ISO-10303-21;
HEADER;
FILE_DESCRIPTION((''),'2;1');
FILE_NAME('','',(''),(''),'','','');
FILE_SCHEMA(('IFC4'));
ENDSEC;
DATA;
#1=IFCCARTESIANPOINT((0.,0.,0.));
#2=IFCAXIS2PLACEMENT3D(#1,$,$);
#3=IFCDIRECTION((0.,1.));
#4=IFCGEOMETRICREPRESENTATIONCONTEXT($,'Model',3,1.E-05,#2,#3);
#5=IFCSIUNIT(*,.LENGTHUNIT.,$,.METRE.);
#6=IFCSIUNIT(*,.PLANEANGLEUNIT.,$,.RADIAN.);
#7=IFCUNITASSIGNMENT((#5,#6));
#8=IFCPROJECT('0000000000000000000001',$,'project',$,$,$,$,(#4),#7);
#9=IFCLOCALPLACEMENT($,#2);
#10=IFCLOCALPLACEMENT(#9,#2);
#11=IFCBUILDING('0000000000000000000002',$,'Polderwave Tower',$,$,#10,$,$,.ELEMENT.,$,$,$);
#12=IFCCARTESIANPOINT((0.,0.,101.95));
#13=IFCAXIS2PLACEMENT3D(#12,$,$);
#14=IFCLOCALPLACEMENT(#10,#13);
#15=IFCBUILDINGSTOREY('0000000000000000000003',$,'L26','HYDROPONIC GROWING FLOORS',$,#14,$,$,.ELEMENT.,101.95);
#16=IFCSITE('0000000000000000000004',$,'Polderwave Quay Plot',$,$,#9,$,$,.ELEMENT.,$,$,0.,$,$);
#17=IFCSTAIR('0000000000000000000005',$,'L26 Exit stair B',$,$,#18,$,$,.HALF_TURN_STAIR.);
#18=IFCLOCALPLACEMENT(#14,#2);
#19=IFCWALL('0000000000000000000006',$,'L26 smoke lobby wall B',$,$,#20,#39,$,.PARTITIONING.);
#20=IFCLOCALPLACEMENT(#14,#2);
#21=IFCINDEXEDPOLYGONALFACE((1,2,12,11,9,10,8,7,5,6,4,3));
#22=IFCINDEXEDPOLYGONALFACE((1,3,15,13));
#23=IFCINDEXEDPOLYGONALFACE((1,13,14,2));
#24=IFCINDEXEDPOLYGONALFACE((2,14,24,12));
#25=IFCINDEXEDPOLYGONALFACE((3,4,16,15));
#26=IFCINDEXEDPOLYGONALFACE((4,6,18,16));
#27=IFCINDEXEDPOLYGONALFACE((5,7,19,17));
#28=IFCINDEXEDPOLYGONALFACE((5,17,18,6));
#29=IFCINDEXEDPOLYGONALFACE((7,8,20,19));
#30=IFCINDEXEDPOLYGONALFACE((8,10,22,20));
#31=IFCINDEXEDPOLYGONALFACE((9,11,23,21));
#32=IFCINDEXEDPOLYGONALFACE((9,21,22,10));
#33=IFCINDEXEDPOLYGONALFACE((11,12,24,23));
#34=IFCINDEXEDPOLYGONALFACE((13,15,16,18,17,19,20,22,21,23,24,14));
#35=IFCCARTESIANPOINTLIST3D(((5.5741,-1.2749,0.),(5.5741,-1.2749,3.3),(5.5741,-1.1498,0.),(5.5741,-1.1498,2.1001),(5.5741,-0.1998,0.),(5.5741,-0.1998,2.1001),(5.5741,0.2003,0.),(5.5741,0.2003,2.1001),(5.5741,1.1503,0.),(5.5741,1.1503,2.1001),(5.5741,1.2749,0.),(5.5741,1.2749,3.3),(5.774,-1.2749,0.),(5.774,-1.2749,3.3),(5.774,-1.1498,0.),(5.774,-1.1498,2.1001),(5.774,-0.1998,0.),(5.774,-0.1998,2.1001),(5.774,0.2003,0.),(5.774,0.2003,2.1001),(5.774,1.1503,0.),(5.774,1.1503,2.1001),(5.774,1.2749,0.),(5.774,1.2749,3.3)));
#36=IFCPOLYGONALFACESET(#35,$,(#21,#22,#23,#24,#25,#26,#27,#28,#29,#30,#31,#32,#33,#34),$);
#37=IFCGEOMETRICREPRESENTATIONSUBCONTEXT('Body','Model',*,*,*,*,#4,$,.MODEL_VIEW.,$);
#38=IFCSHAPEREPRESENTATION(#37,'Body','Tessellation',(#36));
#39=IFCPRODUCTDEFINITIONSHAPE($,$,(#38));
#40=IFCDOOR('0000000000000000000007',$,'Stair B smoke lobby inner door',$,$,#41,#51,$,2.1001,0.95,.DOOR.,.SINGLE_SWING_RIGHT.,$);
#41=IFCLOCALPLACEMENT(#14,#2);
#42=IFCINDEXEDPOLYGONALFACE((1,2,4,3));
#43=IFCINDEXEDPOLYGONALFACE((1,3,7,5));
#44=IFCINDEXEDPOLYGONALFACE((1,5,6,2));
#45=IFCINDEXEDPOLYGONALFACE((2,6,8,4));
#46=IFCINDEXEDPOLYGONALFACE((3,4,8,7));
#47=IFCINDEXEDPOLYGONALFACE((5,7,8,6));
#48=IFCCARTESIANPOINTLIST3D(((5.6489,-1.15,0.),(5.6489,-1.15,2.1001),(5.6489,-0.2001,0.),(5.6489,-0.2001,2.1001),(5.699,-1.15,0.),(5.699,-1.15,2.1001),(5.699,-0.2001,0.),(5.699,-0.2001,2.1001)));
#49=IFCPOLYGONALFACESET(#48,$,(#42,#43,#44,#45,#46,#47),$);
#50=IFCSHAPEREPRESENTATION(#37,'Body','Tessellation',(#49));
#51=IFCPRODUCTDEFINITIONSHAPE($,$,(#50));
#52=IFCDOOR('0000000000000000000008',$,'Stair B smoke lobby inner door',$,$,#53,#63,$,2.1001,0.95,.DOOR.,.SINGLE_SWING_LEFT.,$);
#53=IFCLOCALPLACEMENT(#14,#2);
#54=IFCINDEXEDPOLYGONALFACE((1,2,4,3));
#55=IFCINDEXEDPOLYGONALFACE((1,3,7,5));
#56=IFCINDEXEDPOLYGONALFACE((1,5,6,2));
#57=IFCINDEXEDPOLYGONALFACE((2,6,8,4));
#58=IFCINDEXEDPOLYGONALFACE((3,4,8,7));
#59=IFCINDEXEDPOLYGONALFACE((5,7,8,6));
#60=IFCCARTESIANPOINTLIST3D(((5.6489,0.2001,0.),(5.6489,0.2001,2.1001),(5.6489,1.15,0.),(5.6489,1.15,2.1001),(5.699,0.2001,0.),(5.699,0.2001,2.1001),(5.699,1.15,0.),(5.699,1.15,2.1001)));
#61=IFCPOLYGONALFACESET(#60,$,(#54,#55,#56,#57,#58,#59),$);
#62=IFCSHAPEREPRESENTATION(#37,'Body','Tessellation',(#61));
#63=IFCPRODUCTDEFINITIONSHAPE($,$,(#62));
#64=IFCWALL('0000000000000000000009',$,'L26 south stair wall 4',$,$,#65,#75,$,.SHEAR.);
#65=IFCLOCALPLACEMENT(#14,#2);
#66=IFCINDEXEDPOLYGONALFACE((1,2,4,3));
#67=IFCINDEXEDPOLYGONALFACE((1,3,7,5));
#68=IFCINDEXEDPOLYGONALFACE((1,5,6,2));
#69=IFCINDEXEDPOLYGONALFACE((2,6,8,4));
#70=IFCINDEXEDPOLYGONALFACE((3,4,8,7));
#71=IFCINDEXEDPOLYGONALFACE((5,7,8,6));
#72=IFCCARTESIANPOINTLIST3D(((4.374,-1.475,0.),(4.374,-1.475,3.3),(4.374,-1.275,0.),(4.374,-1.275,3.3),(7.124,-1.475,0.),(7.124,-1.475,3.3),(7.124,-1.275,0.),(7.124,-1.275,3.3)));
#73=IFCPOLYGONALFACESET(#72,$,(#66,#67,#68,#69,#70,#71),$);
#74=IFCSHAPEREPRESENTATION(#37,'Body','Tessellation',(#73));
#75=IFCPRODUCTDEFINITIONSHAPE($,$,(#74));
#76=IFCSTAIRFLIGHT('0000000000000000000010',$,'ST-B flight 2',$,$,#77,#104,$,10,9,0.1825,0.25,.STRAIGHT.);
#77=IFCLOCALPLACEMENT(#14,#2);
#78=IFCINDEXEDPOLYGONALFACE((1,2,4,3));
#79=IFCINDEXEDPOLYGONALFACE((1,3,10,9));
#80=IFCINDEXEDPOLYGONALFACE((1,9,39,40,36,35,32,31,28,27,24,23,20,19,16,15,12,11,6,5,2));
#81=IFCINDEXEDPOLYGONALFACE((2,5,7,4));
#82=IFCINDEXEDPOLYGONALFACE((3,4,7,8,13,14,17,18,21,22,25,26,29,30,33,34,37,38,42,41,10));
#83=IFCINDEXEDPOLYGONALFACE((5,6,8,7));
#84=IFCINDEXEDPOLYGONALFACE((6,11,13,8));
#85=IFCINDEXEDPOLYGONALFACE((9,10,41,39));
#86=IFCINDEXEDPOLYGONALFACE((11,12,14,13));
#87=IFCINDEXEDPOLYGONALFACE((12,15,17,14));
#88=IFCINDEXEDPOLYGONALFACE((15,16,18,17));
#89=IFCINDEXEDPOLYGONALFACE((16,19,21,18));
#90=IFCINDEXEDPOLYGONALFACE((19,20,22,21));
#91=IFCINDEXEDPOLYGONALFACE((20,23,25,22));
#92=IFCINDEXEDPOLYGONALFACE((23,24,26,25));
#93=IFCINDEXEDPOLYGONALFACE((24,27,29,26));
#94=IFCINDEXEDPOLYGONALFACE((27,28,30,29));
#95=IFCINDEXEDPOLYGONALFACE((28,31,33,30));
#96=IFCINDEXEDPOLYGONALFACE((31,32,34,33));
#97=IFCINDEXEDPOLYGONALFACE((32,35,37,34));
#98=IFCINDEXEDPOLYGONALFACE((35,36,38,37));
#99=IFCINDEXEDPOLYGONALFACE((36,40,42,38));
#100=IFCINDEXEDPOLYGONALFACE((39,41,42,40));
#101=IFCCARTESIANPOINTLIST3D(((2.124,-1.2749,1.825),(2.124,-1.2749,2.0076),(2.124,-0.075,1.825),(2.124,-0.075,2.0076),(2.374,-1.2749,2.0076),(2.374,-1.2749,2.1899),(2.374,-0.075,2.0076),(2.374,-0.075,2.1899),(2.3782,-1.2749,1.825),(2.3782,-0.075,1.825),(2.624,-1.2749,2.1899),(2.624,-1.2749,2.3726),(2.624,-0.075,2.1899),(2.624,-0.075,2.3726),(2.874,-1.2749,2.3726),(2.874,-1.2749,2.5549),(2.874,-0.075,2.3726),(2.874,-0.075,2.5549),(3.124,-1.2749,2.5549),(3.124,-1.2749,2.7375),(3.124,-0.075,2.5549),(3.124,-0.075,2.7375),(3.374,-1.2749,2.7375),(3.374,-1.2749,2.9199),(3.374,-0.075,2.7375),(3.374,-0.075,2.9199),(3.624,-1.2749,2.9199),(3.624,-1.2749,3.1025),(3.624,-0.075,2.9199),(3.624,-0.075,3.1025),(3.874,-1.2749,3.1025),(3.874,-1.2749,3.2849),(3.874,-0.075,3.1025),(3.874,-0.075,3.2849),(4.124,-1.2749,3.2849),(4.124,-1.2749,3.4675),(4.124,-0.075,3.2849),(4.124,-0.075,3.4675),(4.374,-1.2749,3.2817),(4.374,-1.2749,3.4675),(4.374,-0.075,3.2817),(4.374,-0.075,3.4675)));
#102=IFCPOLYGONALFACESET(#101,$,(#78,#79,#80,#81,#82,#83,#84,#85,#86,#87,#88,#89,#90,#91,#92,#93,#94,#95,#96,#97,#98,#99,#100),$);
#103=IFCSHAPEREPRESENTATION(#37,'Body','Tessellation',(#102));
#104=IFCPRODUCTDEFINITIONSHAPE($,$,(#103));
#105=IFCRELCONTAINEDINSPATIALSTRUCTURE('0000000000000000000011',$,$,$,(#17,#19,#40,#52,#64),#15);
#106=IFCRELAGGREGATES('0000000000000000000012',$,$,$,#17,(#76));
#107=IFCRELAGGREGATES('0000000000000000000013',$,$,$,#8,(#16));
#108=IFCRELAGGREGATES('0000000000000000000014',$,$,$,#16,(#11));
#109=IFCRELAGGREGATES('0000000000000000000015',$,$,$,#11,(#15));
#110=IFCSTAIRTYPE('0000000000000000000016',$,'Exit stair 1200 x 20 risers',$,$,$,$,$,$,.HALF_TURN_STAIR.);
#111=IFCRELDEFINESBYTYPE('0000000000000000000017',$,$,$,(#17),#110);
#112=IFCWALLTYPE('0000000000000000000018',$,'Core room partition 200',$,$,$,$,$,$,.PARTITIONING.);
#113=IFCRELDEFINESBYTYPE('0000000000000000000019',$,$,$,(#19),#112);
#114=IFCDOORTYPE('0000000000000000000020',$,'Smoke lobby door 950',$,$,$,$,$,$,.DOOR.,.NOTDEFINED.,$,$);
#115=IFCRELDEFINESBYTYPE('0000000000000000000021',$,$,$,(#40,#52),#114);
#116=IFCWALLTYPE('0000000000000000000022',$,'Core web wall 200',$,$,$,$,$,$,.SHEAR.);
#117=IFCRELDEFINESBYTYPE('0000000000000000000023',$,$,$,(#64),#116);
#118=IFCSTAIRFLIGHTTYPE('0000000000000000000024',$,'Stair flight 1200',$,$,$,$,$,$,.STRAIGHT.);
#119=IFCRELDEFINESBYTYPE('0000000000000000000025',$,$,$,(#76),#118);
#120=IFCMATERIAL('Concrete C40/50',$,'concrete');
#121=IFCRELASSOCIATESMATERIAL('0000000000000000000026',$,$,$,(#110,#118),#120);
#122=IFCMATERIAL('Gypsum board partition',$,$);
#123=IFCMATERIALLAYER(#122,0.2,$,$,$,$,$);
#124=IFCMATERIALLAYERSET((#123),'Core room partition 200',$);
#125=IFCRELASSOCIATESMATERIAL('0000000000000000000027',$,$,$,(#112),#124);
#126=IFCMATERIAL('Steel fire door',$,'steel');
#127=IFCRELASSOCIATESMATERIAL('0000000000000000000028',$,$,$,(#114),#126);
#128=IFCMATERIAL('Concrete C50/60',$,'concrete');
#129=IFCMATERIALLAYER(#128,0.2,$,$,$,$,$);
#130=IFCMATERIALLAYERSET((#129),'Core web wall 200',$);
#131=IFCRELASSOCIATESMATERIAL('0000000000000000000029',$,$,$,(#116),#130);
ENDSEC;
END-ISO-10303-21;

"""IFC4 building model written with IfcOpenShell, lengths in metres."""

from ifc_helpers import new_model, si_unit, direction, frame, frame_2d, origin, place, context, subcontext, project, spatial, polyline, rectangle, outline, extrude, material, layer, layer_set, type_object, element, fill, aggregate, save


model = new_model("IFC4")

# Units and contexts
model_context = context("Model", 3, precision=1e-05, world=origin(), true_north=direction((0.0, 1.0)))
body_context = subcontext(model_context, "Body", "Model", "MODEL_VIEW")
ifc_project = project(units=[si_unit("LENGTHUNIT", "METRE"), si_unit("PLANEANGLEUNIT", "RADIAN")], contexts=[model_context])

# Site, building, storey
site_placement = place(None, origin())
site = spatial("IfcSite", under=ifc_project, at=site_placement, Name="Polderwave Quay Plot", CompositionType="ELEMENT", RefElevation=0.0)
building_placement = place(site_placement, origin())
building = spatial("IfcBuilding", under=site, at=building_placement, Name="Polderwave Tower", CompositionType="ELEMENT")
storey_placement = place(building_placement, frame((0.0, 0.0, 101.95)))
storey = spatial("IfcBuildingStorey", under=building, at=storey_placement, Name="L26", Description="HYDROPONIC GROWING FLOORS", CompositionType="ELEMENT", Elevation=101.95)

# Shared definitions
ifc_material_1 = material(Name="Concrete C40/50", Category="concrete")

# Stair
stair_type = type_object("IfcStairType", Name="Exit stair 1200 x 20 risers", PredefinedType="HALF_TURN_STAIR", material=ifc_material_1)
stair_1_placement = place(storey_placement, origin())
stair_1 = element("IfcStair", 1, at=stair_1_placement, inside=storey, type_object=stair_type, Name="L26 Exit stair B", PredefinedType="HALF_TURN_STAIR")

# Wall, openings, doors
ifc_material_2 = material(Name="Steel fire door", Category="steel")
ifc_material_3 = material(Name="Gypsum board partition")
ifc_layer_1 = layer(ifc_material_3, 0.2)
ifc_layer_set_1 = layer_set([ifc_layer_1], Name="Core room partition 200")
wall_type_1 = type_object("IfcWallType", Name="Core room partition 200", PredefinedType="PARTITIONING", material=ifc_layer_set_1)
wall_1_placement = place(storey_placement, frame((5.6741, -1.2749, 0.0), z_axis=(0.0, 0.0, 1.0), x_axis=(0.0, 1.0, 0.0)))
wall_1 = element("IfcWall", 2, at=wall_1_placement, inside=storey, type_object=wall_type_1, Name="L26 smoke lobby wall B", PredefinedType="PARTITIONING", context=body_context, shape_type="SweptSolid", body=[
    extrude(rectangle(XDim=2.5498, YDim=0.2, at=frame_2d((1.2749, 0.0))), origin(), (0.0, 0.0, 1.0), 3.3),
])
opening_1_placement = place(wall_1_placement, frame((0.125, 0.0, 0.0)))
opening_1 = element("IfcOpeningElement", 3, at=opening_1_placement, cuts=wall_1, PredefinedType="OPENING", context=body_context, shape_type="SweptSolid", body=[
    extrude(rectangle(XDim=0.95, YDim=2.1001, at=frame_2d((0.4751, 1.05))), frame((0.0, 0.1099, 0.0), z_axis=(0.0, -1.0, 0.0), x_axis=(1.0, 0.0, 0.0)), (0.0, 0.0, 1.0), 0.22),
])
opening_2_placement = place(wall_1_placement, frame((1.4751, 0.0, 0.0)))
opening_2 = element("IfcOpeningElement", 4, at=opening_2_placement, cuts=wall_1, PredefinedType="OPENING", context=body_context, shape_type="SweptSolid", body=[
    extrude(rectangle(XDim=0.95, YDim=2.1001, at=frame_2d((0.4751, 1.05))), frame((0.0, 0.1099, 0.0), z_axis=(0.0, -1.0, 0.0), x_axis=(1.0, 0.0, 0.0)), (0.0, 0.0, 1.0), 0.22),
])
door_type_1 = type_object("IfcDoorType", Name="Smoke lobby door 950", OperationType="NOTDEFINED", PredefinedType="DOOR", material=ifc_material_2)
door_1_placement = place(opening_1_placement, frame((0.95, 0.0, 0.0), z_axis=(0.0, 0.0, 1.0), x_axis=(-1.0, 0.0, 0.0)))
door_1 = element("IfcDoor", 5, at=door_1_placement, inside=storey, type_object=door_type_1, Name="Stair B smoke lobby inner door", OperationType="SINGLE_SWING_RIGHT", OverallHeight=2.1001, OverallWidth=0.95, PredefinedType="DOOR", context=body_context, shape_type="SweptSolid", body=[
    extrude(rectangle(XDim=0.95, YDim=2.1001, at=frame_2d((0.4751, 1.05))), frame((0.0, 0.0249, 0.0), z_axis=(0.0, -1.0, 0.0), x_axis=(1.0, 0.0, 0.0)), (0.0, 0.0, 1.0), 0.05),
])
fill(opening_1, door_1)
door_2_placement = place(opening_2_placement, frame((0.95, 0.0, 0.0), z_axis=(0.0, 0.0, 1.0), x_axis=(-1.0, 0.0, 0.0)))
door_2 = element("IfcDoor", 6, at=door_2_placement, inside=storey, type_object=door_type_1, Name="Stair B smoke lobby inner door", OperationType="SINGLE_SWING_LEFT", OverallHeight=2.1001, OverallWidth=0.95, PredefinedType="DOOR", context=body_context, shape_type="SweptSolid", body=[
    extrude(rectangle(XDim=0.95, YDim=2.1001, at=frame_2d((0.4751, 1.05))), frame((0.0, 0.0249, 0.0), z_axis=(0.0, -1.0, 0.0), x_axis=(1.0, 0.0, 0.0)), (0.0, 0.0, 1.0), 0.05),
])
fill(opening_2, door_2)

# Wall
ifc_material_4 = material(Name="Concrete C50/60", Category="concrete")
ifc_layer_2 = layer(ifc_material_4, 0.2)
ifc_layer_set_2 = layer_set([ifc_layer_2], Name="Core web wall 200")
wall_type_2 = type_object("IfcWallType", Name="Core web wall 200", PredefinedType="SHEAR", material=ifc_layer_set_2)
wall_2_placement = place(storey_placement, frame((4.374, -1.375, 0.0), z_axis=(0.0, 0.0, 1.0), x_axis=(1.0, 0.0, 0.0)))
element("IfcWall", 7, at=wall_2_placement, inside=storey, type_object=wall_type_2, Name="L26 south stair wall 4", PredefinedType="SHEAR", context=body_context, shape_type="SweptSolid", body=[
    extrude(rectangle(XDim=2.75, YDim=0.2, at=frame_2d((1.375, 0.0))), origin(), (0.0, 0.0, 1.0), 3.3),
])

# Stair flight
stair_flight_type = type_object("IfcStairFlightType", Name="Stair flight 1200", PredefinedType="STRAIGHT", material=ifc_material_1)
stair_flight_placement = place(storey_placement, frame((2.124, -0.675, 1.825), z_axis=(0.0, 0.0, 1.0), x_axis=(1.0, 0.0, 0.0)))
stair_flight = element("IfcStairFlight", 8, at=stair_flight_placement, type_object=stair_flight_type, Name="ST-B flight 2", NumberOfRisers=10, NumberOfTreads=9, PredefinedType="STRAIGHT", RiserHeight=0.1825, TreadLength=0.25, context=body_context, shape_type="SweptSolid", body=[
    extrude(outline(polyline([(0.0, 0.0), (0.0, 0.1826), (0.25, 0.1826), (0.25, 0.365), (0.5, 0.365), (0.5, 0.5476), (0.75, 0.5476), (0.75, 0.73), (1.0, 0.73), (1.0, 0.9126), (1.25, 0.9126), (1.25, 1.095), (1.5, 1.095), (1.5, 1.2776), (1.75, 1.2776), (1.75, 1.46), (2.0, 1.46), (2.0, 1.6426), (2.25, 1.6426), (2.25, 1.825), (2.25, 1.4568), (0.2542, 0.0), (0.0, 0.0)])), frame((0.0, 0.6001, 0.0), z_axis=(0.0, -1.0, 0.0), x_axis=(1.0, 0.0, 0.0)), (0.0, 0.0, 1.0), 1.2),
])
aggregate(stair_1, [stair_flight])

save(model, "model.ifc")
